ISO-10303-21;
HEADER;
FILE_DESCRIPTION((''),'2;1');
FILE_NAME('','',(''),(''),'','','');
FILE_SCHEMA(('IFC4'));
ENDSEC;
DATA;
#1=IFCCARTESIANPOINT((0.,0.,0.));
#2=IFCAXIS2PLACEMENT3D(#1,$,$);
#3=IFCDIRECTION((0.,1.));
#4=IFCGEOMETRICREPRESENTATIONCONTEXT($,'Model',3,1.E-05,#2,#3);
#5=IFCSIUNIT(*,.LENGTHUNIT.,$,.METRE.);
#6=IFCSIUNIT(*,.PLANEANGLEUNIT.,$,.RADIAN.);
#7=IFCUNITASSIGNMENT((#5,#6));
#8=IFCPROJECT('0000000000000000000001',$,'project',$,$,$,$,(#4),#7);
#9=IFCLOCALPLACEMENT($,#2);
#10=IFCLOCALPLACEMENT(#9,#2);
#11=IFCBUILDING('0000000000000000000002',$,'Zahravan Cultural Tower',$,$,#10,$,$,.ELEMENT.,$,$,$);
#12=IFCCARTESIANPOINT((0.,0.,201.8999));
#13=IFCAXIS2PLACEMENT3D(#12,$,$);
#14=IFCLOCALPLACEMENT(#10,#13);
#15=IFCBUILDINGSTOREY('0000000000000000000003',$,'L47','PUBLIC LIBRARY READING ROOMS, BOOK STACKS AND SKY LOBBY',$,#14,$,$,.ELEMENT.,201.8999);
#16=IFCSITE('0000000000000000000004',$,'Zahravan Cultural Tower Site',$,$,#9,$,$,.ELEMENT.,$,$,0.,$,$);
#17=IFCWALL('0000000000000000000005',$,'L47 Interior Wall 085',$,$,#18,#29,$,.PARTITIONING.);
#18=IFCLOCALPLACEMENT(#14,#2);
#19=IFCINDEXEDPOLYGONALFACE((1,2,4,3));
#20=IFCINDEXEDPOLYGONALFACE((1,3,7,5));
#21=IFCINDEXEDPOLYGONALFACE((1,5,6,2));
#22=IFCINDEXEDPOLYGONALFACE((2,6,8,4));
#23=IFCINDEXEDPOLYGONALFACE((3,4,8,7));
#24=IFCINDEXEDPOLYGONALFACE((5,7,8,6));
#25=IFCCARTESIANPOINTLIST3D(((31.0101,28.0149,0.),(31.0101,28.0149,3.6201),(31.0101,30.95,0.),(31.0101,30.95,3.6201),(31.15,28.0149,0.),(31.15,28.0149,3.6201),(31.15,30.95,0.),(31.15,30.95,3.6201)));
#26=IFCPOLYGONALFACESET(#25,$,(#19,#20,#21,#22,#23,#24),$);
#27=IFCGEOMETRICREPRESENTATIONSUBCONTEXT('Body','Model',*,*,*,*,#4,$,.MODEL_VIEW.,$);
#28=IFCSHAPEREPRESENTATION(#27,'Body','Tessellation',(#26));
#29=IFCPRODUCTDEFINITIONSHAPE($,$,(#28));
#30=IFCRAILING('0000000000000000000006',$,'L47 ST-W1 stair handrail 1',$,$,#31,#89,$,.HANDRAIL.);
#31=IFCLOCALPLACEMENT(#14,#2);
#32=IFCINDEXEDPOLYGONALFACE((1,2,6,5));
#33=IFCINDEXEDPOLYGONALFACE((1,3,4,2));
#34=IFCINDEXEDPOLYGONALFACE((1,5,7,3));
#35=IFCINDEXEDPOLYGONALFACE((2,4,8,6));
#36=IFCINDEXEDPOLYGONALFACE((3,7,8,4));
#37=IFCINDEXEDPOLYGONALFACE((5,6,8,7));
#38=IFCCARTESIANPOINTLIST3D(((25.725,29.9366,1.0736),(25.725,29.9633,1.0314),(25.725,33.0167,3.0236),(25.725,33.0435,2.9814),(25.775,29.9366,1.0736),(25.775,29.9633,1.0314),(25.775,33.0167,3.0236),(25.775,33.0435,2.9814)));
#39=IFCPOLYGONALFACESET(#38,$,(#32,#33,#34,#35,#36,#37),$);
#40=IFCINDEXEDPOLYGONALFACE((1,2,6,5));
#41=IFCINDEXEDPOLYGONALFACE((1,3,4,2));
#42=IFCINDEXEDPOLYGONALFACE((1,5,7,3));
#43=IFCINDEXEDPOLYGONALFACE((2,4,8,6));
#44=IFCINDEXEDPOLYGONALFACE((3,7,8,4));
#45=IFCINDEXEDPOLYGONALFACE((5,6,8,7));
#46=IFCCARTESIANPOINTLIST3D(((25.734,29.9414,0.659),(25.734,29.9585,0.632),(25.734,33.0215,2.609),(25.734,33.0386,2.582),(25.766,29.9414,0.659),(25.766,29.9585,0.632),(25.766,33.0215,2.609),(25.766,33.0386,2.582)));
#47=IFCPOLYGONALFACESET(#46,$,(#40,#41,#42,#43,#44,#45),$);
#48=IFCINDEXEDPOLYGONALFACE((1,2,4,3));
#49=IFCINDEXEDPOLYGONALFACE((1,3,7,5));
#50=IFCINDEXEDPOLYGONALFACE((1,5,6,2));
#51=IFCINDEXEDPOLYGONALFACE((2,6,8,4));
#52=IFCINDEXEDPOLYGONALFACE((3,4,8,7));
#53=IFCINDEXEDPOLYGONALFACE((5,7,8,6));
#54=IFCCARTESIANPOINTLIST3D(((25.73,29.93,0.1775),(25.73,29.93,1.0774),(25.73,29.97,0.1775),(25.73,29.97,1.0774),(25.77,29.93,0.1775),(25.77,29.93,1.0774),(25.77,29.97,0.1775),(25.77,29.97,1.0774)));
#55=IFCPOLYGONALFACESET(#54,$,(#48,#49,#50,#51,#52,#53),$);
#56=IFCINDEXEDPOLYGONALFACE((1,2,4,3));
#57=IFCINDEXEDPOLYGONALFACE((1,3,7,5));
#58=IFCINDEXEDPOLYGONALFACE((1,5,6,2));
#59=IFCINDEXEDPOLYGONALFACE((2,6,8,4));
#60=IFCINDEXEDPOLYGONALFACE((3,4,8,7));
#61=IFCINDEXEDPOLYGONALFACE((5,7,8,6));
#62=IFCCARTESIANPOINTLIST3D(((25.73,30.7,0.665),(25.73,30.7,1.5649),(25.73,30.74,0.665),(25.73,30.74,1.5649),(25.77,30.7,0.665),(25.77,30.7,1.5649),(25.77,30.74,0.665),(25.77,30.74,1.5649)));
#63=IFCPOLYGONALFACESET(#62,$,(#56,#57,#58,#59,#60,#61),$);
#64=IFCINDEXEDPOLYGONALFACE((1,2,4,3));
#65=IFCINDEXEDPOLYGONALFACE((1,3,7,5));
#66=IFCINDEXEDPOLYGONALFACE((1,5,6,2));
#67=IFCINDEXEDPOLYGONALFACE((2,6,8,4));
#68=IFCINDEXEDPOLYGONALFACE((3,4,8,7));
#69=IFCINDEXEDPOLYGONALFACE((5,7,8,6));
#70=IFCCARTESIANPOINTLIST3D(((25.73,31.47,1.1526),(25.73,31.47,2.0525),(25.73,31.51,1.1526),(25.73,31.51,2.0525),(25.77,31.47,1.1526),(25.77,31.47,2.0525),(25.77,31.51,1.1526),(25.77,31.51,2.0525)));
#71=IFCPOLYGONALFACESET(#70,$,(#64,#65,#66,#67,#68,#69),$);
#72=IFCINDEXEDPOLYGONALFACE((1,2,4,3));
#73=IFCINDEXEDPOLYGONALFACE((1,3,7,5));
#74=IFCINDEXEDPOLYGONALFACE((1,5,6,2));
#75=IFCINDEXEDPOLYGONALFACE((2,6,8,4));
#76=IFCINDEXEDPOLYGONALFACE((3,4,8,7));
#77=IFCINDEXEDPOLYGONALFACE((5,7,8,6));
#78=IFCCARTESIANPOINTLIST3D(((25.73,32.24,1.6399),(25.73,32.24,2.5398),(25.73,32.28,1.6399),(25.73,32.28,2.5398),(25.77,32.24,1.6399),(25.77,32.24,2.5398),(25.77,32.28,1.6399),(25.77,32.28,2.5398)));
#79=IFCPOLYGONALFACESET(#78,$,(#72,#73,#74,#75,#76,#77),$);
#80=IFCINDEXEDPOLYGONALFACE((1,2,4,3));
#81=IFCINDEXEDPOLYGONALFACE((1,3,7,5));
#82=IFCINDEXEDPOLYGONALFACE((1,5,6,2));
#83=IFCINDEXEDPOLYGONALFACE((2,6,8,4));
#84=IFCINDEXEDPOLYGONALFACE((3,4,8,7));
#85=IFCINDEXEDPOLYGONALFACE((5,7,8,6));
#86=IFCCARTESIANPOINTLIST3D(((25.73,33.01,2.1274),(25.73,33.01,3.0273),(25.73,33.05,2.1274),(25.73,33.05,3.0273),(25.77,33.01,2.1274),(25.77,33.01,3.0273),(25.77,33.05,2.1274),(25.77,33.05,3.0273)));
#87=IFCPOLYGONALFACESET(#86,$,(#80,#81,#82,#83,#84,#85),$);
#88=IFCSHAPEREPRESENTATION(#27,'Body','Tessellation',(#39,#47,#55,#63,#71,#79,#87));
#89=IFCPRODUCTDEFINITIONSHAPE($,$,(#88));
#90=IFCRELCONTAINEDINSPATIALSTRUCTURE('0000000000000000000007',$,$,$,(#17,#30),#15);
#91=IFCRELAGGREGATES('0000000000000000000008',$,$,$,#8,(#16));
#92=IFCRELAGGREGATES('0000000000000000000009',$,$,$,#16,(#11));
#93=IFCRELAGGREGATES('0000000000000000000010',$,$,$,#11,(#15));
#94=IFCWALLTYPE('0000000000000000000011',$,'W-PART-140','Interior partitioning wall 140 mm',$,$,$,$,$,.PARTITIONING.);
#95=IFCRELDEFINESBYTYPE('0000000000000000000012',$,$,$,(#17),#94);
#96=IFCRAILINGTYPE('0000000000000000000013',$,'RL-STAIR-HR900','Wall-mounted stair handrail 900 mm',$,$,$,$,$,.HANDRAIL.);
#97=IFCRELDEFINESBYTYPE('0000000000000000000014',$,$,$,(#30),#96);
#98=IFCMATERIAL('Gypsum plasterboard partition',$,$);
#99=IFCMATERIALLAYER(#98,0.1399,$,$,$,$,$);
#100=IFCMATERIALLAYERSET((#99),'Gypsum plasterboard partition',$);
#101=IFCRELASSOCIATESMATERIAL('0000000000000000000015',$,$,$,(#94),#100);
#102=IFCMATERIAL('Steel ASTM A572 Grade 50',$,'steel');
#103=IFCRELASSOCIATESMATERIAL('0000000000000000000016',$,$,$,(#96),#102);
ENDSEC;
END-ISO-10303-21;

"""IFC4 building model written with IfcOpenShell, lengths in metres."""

from ifc_helpers import new_model, si_unit, direction, frame, frame_2d, origin, origin_2d, place, context, subcontext, project, spatial, rectangle, extrude, source, transform, mapped, material, layer, layer_set, type_object, element, save


model = new_model("IFC4")

# Units and contexts
model_context = context("Model", 3, precision=1e-05, world=origin(), true_north=direction((0.0, 1.0)))
body_context = subcontext(model_context, "Body", "Model", "MODEL_VIEW")
ifc_project = project(units=[si_unit("LENGTHUNIT", "METRE"), si_unit("PLANEANGLEUNIT", "RADIAN")], contexts=[model_context])

# Site, building, storey
site_placement = place(None, origin())
site = spatial("IfcSite", under=ifc_project, at=site_placement, Name="Zahravan Cultural Tower Site", CompositionType="ELEMENT", RefElevation=0.0)
building_placement = place(site_placement, origin())
building = spatial("IfcBuilding", under=site, at=building_placement, Name="Zahravan Cultural Tower", CompositionType="ELEMENT")
storey_placement = place(building_placement, frame((0.0, 0.0, 201.8999)))
storey = spatial("IfcBuildingStorey", under=building, at=storey_placement, Name="L47", Description="PUBLIC LIBRARY READING ROOMS, BOOK STACKS AND SKY LOBBY", CompositionType="ELEMENT", Elevation=201.8999)

# Shared definitions
ifc_material_1 = material(Name="Steel ASTM A572 Grade 50", Category="steel")
ifc_material_2 = material(Name="Gypsum plasterboard partition")
ifc_layer_1 = layer(ifc_material_2, 0.1399)
ifc_layer_set_1 = layer_set([ifc_layer_1], Name="Gypsum plasterboard partition")
wall_type_1 = type_object("IfcWallType", Name="W-PART-140", Description="Interior partitioning wall 140 mm", PredefinedType="PARTITIONING", material=ifc_layer_set_1)

# Wall
shared_shape_1 = source(origin(), body_context, "Body", "SweptSolid", [
    extrude(rectangle(XDim=2.9351, YDim=0.1399, at=frame_2d((1.4675, 0.0))), origin(), (0.0, 0.0, 1.0), 3.6201),
])
wall_1_placement = place(storey_placement, frame((31.0801, 28.0149, 0.0), z_axis=(0.0, 0.0, 1.0), x_axis=(0.0, 1.0, 0.0)))
element("IfcWall", 1, at=wall_1_placement, inside=storey, type_object=wall_type_1, Name="L47 Interior Wall 085", PredefinedType="PARTITIONING", context=body_context, shape_type="MappedRepresentation", body=[
    mapped(shared_shape_1, transform((0.0, 0.0, 0.0), x_axis=(1.0, 0.0, 0.0), y_axis=(0.0, 1.0, 0.0), z_axis=(0.0, 0.0, 1.0), scale=1.0)),
])

# Railing
railing_type = type_object("IfcRailingType", Name="RL-STAIR-HR900", Description="Wall-mounted stair handrail 900 mm", PredefinedType="HANDRAIL", material=ifc_material_1)
railing_placement = place(storey_placement, frame((25.75, 29.95, 0.1775)))
element("IfcRailing", 2, at=railing_placement, inside=storey, type_object=railing_type, Name="L47 ST-W1 stair handrail 1", PredefinedType="HANDRAIL", context=body_context, shape_type="SweptSolid", body=[
    extrude(rectangle(XDim=0.05, YDim=0.05, at=origin_2d()), frame((0.0, 0.0, 0.875), z_axis=(0.0, 0.844914, 0.534902), x_axis=(-1.0, 0.0, 0.0)), (0.0, 0.0, 1.0), 3.6455),
    extrude(rectangle(XDim=0.032, YDim=0.032, at=origin_2d()), frame((0.0, 0.0, 0.468), z_axis=(0.0, 0.844914, 0.534902), x_axis=(-1.0, 0.0, 0.0)), (0.0, 0.0, 1.0), 3.6455),
    extrude(rectangle(XDim=0.04, YDim=0.04, at=origin_2d()), origin(), (0.0, 0.0, 1.0), 0.8999),
    extrude(rectangle(XDim=0.04, YDim=0.04, at=origin_2d()), frame((0.0, 0.77, 0.4875)), (0.0, 0.0, 1.0), 0.8999),
    extrude(rectangle(XDim=0.04, YDim=0.04, at=origin_2d()), frame((0.0, 1.54, 0.9751)), (0.0, 0.0, 1.0), 0.8999),
    extrude(rectangle(XDim=0.04, YDim=0.04, at=origin_2d()), frame((0.0, 2.3101, 1.4624)), (0.0, 0.0, 1.0), 0.8999),
    extrude(rectangle(XDim=0.04, YDim=0.04, at=origin_2d()), frame((0.0, 3.0801, 1.95)), (0.0, 0.0, 1.0), 0.8999),
])

save(model, "model.ifc")
